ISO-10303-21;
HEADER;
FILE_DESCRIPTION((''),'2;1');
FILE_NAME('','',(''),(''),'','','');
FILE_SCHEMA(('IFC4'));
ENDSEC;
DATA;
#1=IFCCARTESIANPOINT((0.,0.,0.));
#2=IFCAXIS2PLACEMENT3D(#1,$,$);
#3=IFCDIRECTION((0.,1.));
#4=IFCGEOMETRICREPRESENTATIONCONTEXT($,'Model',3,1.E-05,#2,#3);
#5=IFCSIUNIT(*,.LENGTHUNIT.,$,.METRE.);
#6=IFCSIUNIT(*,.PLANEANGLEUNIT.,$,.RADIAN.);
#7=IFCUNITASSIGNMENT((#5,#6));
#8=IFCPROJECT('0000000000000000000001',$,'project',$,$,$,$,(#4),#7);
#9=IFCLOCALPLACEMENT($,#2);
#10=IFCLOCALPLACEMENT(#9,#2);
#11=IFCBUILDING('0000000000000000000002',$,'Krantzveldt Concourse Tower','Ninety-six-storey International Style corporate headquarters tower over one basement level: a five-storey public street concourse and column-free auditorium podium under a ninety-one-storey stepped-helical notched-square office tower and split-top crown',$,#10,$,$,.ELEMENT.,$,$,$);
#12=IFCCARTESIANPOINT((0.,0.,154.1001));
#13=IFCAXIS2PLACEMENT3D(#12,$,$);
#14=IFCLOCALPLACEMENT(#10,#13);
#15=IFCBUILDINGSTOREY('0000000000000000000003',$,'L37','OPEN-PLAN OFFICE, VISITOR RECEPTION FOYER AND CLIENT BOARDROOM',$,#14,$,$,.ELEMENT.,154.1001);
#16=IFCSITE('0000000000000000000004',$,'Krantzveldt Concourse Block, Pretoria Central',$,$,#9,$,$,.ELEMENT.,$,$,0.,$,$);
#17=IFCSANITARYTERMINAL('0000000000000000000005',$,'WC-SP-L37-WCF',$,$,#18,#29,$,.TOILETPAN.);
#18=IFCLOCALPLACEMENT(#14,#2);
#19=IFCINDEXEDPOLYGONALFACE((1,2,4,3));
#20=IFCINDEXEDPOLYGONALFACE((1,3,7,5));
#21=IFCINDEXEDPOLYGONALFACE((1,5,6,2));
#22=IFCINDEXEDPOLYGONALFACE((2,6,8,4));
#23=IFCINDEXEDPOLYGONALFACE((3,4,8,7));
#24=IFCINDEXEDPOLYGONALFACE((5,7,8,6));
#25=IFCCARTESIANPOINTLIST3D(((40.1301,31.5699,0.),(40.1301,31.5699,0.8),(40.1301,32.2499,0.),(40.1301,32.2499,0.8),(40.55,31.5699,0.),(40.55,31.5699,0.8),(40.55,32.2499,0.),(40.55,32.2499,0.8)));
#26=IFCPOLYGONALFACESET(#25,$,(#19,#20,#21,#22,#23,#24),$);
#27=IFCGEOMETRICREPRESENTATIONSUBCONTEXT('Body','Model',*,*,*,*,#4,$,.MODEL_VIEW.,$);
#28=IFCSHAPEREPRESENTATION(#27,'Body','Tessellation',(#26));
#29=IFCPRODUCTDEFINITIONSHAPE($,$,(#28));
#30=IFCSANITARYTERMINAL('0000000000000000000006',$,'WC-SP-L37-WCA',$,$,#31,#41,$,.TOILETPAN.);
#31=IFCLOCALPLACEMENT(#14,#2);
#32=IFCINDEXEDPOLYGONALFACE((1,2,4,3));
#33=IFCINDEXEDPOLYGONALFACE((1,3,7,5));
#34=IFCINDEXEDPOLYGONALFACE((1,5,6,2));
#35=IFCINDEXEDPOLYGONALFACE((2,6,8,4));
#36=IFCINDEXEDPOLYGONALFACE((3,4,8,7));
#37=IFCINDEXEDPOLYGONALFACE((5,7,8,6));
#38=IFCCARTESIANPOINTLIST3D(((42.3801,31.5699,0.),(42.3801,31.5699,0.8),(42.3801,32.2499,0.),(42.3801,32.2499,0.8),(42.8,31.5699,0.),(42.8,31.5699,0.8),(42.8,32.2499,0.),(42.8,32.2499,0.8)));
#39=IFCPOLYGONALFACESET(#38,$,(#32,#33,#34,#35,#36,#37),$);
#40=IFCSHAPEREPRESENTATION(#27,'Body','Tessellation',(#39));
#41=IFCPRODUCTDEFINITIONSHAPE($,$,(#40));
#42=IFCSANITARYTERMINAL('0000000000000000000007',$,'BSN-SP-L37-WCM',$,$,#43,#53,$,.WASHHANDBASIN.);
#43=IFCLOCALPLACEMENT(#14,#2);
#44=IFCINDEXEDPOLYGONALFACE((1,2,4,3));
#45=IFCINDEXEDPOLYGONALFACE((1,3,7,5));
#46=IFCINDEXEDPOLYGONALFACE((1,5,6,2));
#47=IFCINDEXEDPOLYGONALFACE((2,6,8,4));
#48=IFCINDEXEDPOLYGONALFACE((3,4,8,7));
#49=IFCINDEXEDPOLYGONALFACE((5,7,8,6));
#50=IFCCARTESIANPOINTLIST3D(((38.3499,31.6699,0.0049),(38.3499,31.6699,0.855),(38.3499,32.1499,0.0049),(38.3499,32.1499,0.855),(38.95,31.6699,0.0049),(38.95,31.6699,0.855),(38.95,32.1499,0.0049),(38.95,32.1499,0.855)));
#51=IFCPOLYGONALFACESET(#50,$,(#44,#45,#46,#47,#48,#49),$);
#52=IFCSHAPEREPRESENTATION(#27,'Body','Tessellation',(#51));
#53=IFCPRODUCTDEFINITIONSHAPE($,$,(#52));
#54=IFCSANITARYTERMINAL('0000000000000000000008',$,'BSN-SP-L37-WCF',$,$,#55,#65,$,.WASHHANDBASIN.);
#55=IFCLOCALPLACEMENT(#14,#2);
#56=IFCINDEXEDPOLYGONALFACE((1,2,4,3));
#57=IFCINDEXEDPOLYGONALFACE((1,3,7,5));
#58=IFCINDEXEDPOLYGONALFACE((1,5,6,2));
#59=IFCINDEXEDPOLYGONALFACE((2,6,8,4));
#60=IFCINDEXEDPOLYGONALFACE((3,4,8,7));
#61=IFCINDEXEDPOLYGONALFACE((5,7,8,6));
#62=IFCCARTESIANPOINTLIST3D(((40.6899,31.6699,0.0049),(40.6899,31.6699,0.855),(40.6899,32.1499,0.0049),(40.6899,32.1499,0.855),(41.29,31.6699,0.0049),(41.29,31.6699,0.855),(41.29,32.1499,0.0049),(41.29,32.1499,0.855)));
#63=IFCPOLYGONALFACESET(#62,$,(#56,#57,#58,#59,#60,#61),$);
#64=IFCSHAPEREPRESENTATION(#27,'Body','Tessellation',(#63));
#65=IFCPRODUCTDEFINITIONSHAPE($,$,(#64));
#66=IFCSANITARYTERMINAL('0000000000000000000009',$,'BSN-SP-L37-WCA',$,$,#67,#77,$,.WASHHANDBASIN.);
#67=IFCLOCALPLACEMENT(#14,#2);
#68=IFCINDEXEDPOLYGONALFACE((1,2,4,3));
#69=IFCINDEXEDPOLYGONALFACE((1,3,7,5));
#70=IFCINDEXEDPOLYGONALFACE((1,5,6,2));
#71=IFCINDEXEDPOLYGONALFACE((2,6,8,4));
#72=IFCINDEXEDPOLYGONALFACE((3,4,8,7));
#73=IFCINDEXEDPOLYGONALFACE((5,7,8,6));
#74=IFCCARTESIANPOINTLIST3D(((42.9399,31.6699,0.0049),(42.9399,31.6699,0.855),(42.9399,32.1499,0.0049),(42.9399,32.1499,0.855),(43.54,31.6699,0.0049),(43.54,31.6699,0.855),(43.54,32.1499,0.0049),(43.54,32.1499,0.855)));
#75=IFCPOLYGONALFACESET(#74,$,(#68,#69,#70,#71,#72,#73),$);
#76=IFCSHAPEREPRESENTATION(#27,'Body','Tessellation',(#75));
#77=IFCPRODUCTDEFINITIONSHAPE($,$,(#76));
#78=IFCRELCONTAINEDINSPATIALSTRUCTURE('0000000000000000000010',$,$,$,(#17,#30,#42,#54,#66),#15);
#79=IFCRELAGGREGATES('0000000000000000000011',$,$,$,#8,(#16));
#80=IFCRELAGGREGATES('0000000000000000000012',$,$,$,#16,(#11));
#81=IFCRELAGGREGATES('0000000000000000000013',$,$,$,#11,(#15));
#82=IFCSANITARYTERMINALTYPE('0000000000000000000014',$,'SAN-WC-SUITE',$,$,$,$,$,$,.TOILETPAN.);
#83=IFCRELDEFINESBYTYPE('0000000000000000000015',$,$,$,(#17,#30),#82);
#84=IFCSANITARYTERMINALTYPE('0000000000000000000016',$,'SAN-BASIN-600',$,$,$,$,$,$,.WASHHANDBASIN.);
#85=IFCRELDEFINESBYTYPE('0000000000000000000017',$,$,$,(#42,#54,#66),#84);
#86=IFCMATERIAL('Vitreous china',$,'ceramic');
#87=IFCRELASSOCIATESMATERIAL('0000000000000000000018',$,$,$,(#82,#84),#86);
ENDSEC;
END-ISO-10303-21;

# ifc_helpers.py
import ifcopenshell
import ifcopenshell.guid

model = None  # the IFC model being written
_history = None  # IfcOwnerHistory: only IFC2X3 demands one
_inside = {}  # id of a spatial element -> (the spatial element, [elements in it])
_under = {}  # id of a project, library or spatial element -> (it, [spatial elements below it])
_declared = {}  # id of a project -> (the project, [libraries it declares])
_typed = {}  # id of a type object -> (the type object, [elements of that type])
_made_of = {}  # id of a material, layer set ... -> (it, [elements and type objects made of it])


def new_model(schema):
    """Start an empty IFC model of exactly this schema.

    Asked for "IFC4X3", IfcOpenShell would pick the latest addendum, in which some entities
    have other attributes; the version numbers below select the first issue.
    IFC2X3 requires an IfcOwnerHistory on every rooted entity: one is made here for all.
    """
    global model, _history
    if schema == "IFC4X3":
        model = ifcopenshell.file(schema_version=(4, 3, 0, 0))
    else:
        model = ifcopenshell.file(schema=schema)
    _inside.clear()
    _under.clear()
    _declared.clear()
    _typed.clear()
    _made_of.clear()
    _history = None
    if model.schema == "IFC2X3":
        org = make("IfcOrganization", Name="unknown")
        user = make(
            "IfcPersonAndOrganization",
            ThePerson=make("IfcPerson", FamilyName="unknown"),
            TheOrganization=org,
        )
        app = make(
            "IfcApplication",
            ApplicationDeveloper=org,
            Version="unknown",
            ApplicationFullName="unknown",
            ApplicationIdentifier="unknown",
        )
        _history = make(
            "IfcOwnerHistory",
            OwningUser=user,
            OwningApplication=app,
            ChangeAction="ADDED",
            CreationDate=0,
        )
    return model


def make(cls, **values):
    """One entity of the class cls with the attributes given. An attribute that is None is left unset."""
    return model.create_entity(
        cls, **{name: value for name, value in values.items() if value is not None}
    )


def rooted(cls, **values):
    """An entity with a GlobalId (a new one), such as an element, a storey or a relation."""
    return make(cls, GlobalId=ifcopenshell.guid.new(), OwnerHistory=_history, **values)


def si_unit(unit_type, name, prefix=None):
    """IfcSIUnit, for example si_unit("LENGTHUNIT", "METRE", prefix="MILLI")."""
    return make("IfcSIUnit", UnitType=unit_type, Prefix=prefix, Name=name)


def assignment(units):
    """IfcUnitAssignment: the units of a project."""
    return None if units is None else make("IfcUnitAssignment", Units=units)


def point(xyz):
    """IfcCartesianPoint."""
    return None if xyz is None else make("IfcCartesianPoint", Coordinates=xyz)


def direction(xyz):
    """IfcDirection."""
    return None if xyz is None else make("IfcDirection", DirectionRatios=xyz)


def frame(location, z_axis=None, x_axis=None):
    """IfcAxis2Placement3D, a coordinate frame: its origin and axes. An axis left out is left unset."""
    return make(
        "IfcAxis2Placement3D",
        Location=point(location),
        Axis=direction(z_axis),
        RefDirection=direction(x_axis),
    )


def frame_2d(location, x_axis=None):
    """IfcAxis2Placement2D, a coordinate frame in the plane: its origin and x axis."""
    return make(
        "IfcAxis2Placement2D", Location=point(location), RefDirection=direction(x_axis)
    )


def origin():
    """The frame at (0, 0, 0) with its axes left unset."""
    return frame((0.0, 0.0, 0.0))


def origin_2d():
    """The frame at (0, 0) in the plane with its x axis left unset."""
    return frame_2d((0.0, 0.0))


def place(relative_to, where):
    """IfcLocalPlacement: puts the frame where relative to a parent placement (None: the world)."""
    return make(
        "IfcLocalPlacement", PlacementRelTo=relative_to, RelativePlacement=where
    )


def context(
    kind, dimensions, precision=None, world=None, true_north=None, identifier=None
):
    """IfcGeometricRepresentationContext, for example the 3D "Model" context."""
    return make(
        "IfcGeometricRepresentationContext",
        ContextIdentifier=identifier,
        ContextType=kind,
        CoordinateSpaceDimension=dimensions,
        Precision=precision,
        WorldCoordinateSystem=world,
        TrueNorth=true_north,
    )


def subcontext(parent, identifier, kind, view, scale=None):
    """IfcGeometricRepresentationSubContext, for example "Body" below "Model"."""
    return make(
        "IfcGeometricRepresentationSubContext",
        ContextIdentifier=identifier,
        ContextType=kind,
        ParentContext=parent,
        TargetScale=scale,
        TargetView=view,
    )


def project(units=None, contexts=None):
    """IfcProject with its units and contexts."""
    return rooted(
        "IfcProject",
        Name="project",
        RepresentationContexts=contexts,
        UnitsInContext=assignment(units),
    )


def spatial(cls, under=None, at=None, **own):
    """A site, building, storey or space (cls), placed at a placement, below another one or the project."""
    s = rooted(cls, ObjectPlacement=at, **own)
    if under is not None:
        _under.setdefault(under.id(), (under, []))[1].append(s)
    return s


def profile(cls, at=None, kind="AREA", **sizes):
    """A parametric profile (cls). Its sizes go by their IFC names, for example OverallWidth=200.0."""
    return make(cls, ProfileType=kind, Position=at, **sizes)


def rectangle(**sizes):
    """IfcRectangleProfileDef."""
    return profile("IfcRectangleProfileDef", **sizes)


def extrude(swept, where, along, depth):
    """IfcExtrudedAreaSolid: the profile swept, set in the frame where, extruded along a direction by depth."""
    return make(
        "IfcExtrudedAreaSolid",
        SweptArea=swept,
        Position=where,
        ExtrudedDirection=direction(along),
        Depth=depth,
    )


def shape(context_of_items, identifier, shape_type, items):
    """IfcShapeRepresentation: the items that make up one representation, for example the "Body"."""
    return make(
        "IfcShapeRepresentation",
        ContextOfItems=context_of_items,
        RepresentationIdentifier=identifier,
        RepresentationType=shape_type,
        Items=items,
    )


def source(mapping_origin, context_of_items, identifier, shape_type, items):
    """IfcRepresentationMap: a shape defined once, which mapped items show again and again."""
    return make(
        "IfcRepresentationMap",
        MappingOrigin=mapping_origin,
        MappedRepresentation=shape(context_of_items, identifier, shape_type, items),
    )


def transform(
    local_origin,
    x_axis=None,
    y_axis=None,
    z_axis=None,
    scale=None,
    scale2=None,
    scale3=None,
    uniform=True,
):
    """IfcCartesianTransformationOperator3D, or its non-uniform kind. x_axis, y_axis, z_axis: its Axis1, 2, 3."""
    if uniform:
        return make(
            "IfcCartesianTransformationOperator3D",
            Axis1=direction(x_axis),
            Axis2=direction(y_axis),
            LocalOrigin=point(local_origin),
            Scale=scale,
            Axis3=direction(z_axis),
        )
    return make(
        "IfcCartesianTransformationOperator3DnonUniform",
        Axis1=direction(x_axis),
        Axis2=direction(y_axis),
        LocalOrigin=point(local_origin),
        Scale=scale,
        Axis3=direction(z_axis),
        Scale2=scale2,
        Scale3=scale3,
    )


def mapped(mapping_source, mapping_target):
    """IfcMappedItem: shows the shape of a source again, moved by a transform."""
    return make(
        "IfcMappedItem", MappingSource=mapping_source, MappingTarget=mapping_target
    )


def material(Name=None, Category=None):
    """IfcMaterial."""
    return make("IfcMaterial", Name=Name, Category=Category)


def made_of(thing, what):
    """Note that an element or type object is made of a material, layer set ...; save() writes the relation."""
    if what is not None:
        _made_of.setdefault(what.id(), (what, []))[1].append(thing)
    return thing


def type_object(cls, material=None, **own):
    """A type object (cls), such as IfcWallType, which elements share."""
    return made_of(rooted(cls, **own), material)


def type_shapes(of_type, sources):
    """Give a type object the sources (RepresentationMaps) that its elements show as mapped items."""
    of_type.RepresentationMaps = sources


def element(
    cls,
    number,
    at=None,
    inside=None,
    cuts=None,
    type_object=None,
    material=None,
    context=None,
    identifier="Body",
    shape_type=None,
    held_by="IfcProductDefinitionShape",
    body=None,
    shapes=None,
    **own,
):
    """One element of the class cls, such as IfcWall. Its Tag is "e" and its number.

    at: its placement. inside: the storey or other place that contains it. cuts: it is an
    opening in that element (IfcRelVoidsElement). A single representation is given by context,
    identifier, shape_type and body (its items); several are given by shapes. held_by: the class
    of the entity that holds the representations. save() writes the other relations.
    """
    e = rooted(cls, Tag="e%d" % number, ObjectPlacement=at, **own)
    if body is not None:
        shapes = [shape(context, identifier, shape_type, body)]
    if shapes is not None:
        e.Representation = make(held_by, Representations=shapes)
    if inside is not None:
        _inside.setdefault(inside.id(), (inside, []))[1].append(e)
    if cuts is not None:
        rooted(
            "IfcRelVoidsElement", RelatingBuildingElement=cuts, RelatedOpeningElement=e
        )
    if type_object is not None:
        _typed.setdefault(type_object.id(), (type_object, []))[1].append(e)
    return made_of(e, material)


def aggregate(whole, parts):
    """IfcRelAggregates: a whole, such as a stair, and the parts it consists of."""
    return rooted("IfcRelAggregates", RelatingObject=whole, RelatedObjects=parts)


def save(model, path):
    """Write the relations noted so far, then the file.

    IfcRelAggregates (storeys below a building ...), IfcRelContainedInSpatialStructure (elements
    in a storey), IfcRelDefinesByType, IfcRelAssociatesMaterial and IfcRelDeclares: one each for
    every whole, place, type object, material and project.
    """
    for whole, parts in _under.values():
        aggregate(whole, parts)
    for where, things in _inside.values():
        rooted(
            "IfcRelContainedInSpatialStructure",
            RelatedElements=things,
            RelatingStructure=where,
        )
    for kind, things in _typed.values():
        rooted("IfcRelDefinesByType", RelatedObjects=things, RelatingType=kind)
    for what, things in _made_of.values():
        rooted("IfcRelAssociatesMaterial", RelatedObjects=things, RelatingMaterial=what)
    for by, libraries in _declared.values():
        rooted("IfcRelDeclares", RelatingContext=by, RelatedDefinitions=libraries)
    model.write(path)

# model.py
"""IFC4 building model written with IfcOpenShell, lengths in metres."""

from ifc_helpers import new_model, si_unit, direction, frame, origin, origin_2d, place, context, subcontext, project, spatial, rectangle, extrude, source, transform, mapped, material, type_object, type_shapes, element, save


model = new_model("IFC4")

# Units and contexts
model_context = context("Model", 3, precision=1e-05, world=origin(), true_north=direction((0.0, 1.0)))
body_context = subcontext(model_context, "Body", "Model", "MODEL_VIEW")
ifc_project = project(units=[si_unit("LENGTHUNIT", "METRE"), si_unit("PLANEANGLEUNIT", "RADIAN")], contexts=[model_context])

# Site, building, storey
site_placement = place(None, origin())
site = spatial("IfcSite", under=ifc_project, at=site_placement, Name="Krantzveldt Concourse Block, Pretoria Central", CompositionType="ELEMENT", RefElevation=0.0)
building_placement = place(site_placement, origin())
building = spatial("IfcBuilding", under=site, at=building_placement, Name="Krantzveldt Concourse Tower", Description="Ninety-six-storey International Style corporate headquarters tower over one basement level: a five-storey public street concourse and column-free auditorium podium under a ninety-one-storey stepped-helical notched-square office tower and split-top crown", CompositionType="ELEMENT")
storey_placement = place(building_placement, frame((0.0, 0.0, 154.1001)))
storey = spatial("IfcBuildingStorey", under=building, at=storey_placement, Name="L37", Description="OPEN-PLAN OFFICE, VISITOR RECEPTION FOYER AND CLIENT BOARDROOM", CompositionType="ELEMENT", Elevation=154.1001)

# Sanitary terminals
ifc_material_1 = material(Name="Vitreous china", Category="ceramic")
sanitary_terminal_type_1 = type_object("IfcSanitaryTerminalType", Name="SAN-WC-SUITE", PredefinedType="TOILETPAN", material=ifc_material_1)
shared_shape_1 = source(origin(), body_context, "Body", "SweptSolid", [
    extrude(rectangle(XDim=0.4199, YDim=0.6799, at=origin_2d()), origin(), (0.0, 0.0, 1.0), 0.8),
])
type_shapes(sanitary_terminal_type_1, [shared_shape_1])
for number, where, z_axis, x_axis, name in (
    (1, (40.3401, 31.9099, 0.0), (0.0, 0.0, 1.0), (1.0, 0.0, 0.0), "WC-SP-L37-WCF"),
    (2, (42.5901, 31.9099, 0.0), (0.0, 0.0, 1.0), (1.0, 0.0, 0.0), "WC-SP-L37-WCA"),
):
    element("IfcSanitaryTerminal", number, at=place(storey_placement, frame(where, z_axis=z_axis, x_axis=x_axis)), inside=storey, type_object=sanitary_terminal_type_1, Name=name, PredefinedType="TOILETPAN", context=body_context, shape_type="MappedRepresentation", body=[
        mapped(shared_shape_1, transform((0.0, 0.0, 0.0), x_axis=(1.0, 0.0, 0.0), y_axis=(0.0, 1.0, 0.0), z_axis=(0.0, 0.0, 1.0), scale=1.0)),
    ])
sanitary_terminal_type_2 = type_object("IfcSanitaryTerminalType", Name="SAN-BASIN-600", PredefinedType="WASHHANDBASIN", material=ifc_material_1)
shared_shape_2 = source(origin(), body_context, "Body", "SweptSolid", [
    extrude(rectangle(XDim=0.6001, YDim=0.48, at=origin_2d()), origin(), (0.0, 0.0, 1.0), 0.8501),
])
type_shapes(sanitary_terminal_type_2, [shared_shape_2])
for number, where, z_axis, x_axis, name in (
    (3, (38.6499, 31.9099, 0.0049), (0.0, 0.0, 1.0), (1.0, 0.0, 0.0), "BSN-SP-L37-WCM"),
    (4, (40.99, 31.9099, 0.0049), (0.0, 0.0, 1.0), (1.0, 0.0, 0.0), "BSN-SP-L37-WCF"),
    (5, (43.24, 31.9099, 0.0049), (0.0, 0.0, 1.0), (1.0, 0.0, 0.0), "BSN-SP-L37-WCA"),
):
    element("IfcSanitaryTerminal", number, at=place(storey_placement, frame(where, z_axis=z_axis, x_axis=x_axis)), inside=storey, type_object=sanitary_terminal_type_2, Name=name, PredefinedType="WASHHANDBASIN", context=body_context, shape_type="MappedRepresentation", body=[
        mapped(shared_shape_2, transform((0.0, 0.0, 0.0), x_axis=(1.0, 0.0, 0.0), y_axis=(0.0, 1.0, 0.0), z_axis=(0.0, 0.0, 1.0), scale=1.0)),
    ])

save(model, "model.ifc")
